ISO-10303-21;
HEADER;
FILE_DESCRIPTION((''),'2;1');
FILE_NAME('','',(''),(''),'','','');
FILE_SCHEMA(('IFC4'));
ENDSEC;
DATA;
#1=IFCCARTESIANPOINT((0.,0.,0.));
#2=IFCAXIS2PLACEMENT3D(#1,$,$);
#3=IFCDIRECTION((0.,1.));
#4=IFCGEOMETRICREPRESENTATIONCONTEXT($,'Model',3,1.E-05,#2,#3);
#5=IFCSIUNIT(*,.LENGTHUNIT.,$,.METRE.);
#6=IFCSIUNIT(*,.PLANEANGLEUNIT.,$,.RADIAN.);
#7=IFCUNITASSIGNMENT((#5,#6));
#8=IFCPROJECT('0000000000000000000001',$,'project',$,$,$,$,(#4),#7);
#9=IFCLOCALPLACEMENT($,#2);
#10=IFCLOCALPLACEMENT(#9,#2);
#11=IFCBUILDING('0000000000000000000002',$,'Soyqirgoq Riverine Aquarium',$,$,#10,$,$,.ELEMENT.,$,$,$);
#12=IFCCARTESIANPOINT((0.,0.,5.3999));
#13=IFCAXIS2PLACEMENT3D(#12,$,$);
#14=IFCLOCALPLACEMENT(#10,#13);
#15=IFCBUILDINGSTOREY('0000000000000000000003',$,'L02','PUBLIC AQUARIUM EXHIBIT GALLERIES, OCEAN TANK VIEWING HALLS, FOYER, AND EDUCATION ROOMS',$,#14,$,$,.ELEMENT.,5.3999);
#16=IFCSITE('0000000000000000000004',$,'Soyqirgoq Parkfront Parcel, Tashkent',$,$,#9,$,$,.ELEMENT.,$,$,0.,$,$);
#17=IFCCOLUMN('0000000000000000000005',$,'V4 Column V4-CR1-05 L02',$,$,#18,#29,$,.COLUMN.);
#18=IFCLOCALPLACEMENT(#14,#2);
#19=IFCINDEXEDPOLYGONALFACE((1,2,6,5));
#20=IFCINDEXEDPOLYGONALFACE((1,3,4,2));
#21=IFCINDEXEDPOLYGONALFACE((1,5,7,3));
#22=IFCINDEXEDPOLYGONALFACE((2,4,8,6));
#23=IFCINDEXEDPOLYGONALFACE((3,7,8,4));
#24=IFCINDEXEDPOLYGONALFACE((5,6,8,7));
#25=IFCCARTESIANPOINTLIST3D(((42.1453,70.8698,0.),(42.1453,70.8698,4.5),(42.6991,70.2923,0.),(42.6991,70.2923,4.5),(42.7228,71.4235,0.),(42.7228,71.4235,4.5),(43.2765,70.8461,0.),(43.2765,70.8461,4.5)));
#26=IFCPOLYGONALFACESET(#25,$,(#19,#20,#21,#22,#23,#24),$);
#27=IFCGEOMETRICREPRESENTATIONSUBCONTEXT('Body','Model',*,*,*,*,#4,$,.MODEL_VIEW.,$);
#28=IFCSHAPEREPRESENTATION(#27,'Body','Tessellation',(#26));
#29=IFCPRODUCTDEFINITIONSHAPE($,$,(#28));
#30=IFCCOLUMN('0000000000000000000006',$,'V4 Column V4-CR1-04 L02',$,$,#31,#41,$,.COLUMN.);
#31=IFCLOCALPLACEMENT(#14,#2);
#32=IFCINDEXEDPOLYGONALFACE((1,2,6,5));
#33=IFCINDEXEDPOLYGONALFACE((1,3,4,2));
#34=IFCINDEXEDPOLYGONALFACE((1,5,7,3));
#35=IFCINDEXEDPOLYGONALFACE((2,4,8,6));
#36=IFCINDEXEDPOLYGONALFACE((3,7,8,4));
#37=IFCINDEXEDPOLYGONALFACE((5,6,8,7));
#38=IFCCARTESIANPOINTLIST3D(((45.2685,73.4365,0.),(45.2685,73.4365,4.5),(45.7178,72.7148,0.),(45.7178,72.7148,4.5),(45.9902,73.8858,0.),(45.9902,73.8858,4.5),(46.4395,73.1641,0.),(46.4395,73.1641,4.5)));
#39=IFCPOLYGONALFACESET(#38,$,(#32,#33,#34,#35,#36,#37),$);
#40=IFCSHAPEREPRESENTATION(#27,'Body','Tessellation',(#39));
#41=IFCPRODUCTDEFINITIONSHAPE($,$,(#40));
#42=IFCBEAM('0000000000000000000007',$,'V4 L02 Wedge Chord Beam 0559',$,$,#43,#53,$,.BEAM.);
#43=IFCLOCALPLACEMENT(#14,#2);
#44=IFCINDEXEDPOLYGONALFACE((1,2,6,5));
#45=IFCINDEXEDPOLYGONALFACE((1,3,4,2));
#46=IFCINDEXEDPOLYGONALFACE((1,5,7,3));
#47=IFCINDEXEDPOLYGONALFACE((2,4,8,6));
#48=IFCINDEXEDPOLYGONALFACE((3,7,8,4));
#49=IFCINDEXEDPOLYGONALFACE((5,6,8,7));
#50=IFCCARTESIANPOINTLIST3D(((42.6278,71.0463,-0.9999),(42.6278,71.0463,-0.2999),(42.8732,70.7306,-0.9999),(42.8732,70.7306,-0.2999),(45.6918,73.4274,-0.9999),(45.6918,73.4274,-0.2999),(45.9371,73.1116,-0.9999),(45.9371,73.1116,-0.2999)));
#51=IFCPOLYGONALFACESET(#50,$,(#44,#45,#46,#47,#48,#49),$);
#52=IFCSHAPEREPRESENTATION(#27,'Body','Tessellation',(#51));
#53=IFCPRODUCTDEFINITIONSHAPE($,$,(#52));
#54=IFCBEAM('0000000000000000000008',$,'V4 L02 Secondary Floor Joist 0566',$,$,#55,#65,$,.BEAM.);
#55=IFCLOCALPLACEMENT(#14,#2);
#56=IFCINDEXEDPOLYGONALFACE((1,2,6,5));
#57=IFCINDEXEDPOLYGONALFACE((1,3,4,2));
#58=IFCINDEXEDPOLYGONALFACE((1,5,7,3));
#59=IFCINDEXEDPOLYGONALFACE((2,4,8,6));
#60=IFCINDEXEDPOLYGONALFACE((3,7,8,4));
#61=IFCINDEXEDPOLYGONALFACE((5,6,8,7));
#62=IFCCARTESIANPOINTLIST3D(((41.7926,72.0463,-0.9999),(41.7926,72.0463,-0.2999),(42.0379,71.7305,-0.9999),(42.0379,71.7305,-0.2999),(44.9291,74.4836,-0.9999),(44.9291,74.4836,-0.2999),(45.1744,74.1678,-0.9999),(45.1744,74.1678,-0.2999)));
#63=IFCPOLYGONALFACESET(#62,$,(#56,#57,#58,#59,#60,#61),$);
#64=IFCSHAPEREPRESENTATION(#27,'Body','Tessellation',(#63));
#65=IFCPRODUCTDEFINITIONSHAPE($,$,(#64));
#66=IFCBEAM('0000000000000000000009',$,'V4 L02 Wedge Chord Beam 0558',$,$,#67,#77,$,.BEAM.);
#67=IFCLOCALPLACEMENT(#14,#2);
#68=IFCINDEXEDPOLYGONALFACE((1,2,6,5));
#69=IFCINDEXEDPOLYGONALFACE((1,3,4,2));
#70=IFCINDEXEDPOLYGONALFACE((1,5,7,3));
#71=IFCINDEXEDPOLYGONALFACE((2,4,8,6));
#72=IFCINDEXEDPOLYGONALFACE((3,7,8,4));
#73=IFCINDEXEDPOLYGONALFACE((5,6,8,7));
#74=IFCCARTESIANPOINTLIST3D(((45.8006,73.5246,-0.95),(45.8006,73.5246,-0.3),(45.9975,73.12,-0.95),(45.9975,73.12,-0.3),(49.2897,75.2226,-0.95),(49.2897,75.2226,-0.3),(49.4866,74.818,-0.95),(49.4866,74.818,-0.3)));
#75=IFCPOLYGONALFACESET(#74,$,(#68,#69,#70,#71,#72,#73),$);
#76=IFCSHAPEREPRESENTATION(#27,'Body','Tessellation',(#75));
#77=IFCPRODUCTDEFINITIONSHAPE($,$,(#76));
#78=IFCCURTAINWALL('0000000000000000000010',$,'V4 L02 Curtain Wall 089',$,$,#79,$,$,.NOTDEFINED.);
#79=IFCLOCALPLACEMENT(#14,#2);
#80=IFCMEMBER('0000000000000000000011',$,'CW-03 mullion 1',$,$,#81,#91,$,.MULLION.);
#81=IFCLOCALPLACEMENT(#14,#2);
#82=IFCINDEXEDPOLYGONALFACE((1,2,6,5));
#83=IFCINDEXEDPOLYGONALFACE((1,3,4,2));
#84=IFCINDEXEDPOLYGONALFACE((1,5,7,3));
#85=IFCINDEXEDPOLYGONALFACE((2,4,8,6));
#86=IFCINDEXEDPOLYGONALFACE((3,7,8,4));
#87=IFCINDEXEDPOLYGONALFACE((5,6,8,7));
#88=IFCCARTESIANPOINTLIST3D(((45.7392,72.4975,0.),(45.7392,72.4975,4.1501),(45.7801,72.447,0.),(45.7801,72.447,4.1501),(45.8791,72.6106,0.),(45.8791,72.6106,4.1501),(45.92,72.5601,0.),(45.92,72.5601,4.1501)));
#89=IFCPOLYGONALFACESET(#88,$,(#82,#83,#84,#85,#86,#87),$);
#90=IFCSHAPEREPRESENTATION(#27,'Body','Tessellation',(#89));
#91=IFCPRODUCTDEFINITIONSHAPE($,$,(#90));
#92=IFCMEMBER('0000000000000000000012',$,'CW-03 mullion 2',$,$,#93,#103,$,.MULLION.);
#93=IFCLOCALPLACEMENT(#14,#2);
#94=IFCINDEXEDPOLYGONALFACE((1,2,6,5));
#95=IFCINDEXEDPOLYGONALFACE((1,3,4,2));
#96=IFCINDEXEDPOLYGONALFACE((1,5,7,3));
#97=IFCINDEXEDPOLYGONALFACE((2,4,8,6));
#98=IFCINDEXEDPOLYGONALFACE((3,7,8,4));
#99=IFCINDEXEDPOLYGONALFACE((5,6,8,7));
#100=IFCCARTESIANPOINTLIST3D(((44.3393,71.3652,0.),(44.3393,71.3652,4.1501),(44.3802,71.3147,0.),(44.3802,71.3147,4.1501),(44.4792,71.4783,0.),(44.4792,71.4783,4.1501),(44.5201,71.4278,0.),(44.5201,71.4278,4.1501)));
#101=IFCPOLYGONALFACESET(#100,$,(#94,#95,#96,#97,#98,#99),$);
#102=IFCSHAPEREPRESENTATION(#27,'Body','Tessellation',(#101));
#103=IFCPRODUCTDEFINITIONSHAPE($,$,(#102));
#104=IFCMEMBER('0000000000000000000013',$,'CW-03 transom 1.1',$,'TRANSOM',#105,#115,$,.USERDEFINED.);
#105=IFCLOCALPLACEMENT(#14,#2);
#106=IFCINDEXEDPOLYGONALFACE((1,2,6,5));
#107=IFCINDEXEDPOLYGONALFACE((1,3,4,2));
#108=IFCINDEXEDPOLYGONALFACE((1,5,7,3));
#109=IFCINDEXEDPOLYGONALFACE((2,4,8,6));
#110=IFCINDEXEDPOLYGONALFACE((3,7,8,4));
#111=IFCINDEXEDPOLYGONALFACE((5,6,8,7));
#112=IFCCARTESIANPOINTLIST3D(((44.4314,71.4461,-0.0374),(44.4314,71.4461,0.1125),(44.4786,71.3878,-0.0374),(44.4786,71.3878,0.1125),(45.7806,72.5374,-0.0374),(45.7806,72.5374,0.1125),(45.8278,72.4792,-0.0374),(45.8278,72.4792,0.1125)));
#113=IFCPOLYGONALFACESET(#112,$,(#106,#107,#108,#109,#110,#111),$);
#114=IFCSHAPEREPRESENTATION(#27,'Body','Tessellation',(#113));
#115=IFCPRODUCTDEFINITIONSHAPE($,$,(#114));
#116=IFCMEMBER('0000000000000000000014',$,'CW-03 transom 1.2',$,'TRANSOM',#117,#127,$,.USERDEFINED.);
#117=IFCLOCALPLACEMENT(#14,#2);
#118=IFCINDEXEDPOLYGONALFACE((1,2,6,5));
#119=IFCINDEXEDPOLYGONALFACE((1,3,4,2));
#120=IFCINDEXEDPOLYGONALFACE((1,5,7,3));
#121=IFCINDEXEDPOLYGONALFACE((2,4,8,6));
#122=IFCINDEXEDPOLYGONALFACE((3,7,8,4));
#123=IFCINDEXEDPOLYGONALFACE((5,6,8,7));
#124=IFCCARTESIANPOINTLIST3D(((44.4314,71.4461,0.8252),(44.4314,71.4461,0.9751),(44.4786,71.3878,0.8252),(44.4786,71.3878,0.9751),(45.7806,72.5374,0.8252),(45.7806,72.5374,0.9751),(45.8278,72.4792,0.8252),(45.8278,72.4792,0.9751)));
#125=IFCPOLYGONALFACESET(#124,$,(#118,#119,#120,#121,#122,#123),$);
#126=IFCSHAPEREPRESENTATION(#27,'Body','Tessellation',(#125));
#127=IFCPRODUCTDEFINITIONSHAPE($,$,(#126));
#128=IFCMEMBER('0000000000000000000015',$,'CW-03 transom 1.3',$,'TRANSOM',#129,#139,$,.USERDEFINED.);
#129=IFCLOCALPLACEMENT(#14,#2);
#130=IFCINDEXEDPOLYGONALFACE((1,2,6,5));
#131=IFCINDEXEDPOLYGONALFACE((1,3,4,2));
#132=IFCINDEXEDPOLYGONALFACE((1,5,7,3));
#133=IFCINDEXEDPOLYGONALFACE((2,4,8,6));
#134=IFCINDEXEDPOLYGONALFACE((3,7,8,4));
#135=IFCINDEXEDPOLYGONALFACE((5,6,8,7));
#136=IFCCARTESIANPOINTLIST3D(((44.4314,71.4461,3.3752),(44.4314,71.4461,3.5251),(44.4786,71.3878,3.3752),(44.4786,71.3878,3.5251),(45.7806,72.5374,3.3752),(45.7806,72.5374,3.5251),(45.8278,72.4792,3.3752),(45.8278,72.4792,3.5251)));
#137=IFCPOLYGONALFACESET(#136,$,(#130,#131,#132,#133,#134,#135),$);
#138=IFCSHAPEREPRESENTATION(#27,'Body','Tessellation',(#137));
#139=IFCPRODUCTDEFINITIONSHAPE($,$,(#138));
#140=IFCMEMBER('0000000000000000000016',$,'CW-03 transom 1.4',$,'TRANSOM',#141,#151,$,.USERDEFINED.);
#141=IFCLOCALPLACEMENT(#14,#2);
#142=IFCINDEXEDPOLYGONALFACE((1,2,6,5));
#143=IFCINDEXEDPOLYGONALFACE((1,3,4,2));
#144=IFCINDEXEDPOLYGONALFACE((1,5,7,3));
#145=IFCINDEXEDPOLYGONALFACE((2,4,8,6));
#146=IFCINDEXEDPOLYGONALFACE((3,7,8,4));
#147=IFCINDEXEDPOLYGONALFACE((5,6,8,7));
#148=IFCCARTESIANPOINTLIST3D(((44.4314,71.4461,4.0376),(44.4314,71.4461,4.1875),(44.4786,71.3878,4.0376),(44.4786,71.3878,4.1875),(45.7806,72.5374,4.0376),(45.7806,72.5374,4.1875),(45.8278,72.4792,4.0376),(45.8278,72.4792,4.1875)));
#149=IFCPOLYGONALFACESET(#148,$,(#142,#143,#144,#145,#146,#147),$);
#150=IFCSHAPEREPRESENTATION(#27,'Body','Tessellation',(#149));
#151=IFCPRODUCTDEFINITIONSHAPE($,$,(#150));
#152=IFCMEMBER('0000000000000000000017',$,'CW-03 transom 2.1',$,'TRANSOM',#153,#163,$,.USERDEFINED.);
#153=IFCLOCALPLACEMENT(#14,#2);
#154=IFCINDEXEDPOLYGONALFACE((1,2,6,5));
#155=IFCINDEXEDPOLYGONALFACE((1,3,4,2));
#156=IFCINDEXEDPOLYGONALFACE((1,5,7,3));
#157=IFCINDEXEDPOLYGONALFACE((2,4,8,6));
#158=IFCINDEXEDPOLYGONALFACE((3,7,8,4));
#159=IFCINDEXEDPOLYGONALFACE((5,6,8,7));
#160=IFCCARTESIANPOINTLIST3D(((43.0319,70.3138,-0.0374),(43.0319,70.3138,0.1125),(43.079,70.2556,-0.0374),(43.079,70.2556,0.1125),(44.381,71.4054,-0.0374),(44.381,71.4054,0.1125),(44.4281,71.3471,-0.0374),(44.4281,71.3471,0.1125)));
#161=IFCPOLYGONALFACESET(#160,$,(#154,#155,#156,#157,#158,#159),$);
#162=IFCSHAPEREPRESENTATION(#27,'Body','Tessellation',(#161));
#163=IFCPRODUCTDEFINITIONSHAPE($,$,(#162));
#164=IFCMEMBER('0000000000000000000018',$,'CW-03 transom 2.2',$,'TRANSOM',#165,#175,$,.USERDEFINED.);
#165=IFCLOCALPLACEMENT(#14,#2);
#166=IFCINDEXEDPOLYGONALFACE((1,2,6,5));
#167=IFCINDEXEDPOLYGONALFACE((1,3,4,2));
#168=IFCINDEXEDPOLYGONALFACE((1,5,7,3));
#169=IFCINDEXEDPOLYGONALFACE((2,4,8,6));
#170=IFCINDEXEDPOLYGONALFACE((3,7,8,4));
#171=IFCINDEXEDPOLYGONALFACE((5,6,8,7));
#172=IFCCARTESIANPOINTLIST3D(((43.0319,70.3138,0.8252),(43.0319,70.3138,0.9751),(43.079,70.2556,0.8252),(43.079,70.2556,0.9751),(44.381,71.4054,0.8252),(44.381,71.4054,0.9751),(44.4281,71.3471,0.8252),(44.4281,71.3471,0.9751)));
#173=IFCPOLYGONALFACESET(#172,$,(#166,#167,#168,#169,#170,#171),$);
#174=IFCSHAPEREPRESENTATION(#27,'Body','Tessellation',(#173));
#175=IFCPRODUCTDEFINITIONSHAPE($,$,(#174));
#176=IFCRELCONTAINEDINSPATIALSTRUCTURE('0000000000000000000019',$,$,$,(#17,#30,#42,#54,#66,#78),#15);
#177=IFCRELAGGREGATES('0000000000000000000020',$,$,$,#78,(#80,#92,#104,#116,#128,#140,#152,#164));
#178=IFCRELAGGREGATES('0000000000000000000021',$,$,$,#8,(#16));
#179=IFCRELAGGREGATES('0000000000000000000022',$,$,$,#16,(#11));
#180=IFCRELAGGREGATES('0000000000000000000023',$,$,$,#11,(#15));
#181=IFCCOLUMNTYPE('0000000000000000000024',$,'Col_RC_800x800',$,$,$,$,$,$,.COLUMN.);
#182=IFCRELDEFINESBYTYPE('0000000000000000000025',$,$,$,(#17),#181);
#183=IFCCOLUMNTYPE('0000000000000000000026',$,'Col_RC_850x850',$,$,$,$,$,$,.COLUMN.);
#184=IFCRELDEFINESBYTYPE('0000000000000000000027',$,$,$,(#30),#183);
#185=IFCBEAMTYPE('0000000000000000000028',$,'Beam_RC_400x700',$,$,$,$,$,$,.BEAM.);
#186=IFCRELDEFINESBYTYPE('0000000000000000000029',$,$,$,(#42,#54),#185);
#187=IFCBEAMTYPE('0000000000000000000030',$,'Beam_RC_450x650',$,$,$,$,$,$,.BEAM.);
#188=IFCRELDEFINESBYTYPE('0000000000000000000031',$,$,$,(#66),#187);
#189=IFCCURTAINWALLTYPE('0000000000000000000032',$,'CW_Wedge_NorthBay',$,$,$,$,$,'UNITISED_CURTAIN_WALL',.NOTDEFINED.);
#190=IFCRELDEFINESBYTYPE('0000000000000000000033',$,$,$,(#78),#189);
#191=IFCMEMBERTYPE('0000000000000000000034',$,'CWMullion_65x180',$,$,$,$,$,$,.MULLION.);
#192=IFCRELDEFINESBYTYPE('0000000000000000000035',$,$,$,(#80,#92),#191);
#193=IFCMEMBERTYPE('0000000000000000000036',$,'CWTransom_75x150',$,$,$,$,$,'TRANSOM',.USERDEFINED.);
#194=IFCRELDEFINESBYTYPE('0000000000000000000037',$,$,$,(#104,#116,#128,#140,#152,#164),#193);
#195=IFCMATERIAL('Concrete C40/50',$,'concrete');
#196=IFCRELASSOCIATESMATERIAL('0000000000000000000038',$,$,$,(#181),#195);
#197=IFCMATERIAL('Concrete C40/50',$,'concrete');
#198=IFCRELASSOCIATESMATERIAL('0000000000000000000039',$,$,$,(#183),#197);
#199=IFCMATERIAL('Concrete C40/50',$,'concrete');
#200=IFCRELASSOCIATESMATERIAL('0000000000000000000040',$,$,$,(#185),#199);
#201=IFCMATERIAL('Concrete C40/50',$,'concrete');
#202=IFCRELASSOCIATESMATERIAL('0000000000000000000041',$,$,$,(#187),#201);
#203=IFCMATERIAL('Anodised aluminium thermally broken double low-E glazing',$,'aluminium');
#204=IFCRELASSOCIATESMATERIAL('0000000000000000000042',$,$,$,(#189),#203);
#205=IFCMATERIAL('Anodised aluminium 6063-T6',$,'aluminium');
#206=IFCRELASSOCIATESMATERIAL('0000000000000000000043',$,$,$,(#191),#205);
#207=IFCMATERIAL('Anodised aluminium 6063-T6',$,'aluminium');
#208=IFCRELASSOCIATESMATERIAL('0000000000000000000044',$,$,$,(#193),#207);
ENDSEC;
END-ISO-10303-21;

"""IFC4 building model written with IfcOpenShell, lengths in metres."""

from ifc_helpers import new_model, si_unit, direction, frame, origin, origin_2d, place, context, subcontext, project, spatial, rectangle, extrude, material, material_profile, profile_set, type_object, element, aggregate, save


model = new_model("IFC4")

# Units and contexts
model_context = context("Model", 3, precision=1e-05, world=origin(), true_north=direction((0.0, 1.0)))
body_context = subcontext(model_context, "Body", "Model", "MODEL_VIEW")
ifc_project = project(units=[si_unit("LENGTHUNIT", "METRE"), si_unit("PLANEANGLEUNIT", "RADIAN")], contexts=[model_context])

# Site, building, storey
site_placement = place(None, origin())
site = spatial("IfcSite", under=ifc_project, at=site_placement, Name="Soyqirgoq Parkfront Parcel, Tashkent", CompositionType="ELEMENT", RefElevation=0.0)
building_placement = place(site_placement, origin())
building = spatial("IfcBuilding", under=site, at=building_placement, Name="Soyqirgoq Riverine Aquarium", CompositionType="ELEMENT")
storey_placement = place(building_placement, frame((0.0, 0.0, 5.3999)))
storey = spatial("IfcBuildingStorey", under=building, at=storey_placement, Name="L02", Description="PUBLIC AQUARIUM EXHIBIT GALLERIES, OCEAN TANK VIEWING HALLS, FOYER, AND EDUCATION ROOMS", CompositionType="ELEMENT", Elevation=5.3999)

# Columns
ifc_material_1 = material(Name="Concrete C40/50", Category="concrete")
ifc_material_profile_1 = material_profile(ifc_material_1, rectangle(XDim=0.8, YDim=0.8, at=origin_2d()), Name="RC 800x800")
ifc_profile_set_1 = profile_set([ifc_material_profile_1], Name="Concrete C40/50")
column_type_1 = type_object("IfcColumnType", Name="Col_RC_800x800", PredefinedType="COLUMN", material=ifc_profile_set_1)
column_1_placement = place(storey_placement, frame((42.7109, 70.8579, 0.0), z_axis=(0.0, 0.0, 1.0), x_axis=(-0.692143, 0.72176, 0.0)))
element("IfcColumn", 1, at=column_1_placement, inside=storey, type_object=column_type_1, Name="V4 Column V4-CR1-05 L02", PredefinedType="COLUMN", context=body_context, shape_type="SweptSolid", body=[
    extrude(rectangle(XDim=0.8, YDim=0.8, at=origin_2d()), origin(), (0.0, 0.0, 1.0), 4.5),
])
ifc_material_2 = material(Name="Concrete C40/50", Category="concrete")
ifc_material_profile_2 = material_profile(ifc_material_2, rectangle(XDim=0.8501, YDim=0.8501, at=origin_2d()), Name="RC 850x850")
ifc_profile_set_2 = profile_set([ifc_material_profile_2], Name="Concrete C40/50")
column_type_2 = type_object("IfcColumnType", Name="Col_RC_850x850", PredefinedType="COLUMN", material=ifc_profile_set_2)
column_2_placement = place(storey_placement, frame((45.854, 73.3003, 0.0), z_axis=(0.0, 0.0, 1.0), x_axis=(-0.528438, 0.848972, 0.0)))
element("IfcColumn", 2, at=column_2_placement, inside=storey, type_object=column_type_2, Name="V4 Column V4-CR1-04 L02", PredefinedType="COLUMN", context=body_context, shape_type="SweptSolid", body=[
    extrude(rectangle(XDim=0.8501, YDim=0.8501, at=origin_2d()), origin(), (0.0, 0.0, 1.0), 4.5),
])

# Beams
ifc_material_3 = material(Name="Concrete C40/50", Category="concrete")
ifc_material_profile_3 = material_profile(ifc_material_3, rectangle(XDim=0.3999, YDim=0.7, at=origin_2d()), Name="RC 400x700")
ifc_profile_set_3 = profile_set([ifc_material_profile_3], Name="Concrete C40/50")
beam_type_1 = type_object("IfcBeamType", Name="Beam_RC_400x700", PredefinedType="BEAM", material=ifc_profile_set_3)
beam_1_placement = place(storey_placement, frame((45.8145, 73.2695, -0.6499), z_axis=(-0.789599, -0.613623, 0.0), x_axis=(0.613623, -0.789599, 0.0)))
element("IfcBeam", 3, at=beam_1_placement, inside=storey, type_object=beam_type_1, Name="V4 L02 Wedge Chord Beam 0559", PredefinedType="BEAM", context=body_context, shape_type="SweptSolid", body=[
    extrude(rectangle(XDim=0.3999, YDim=0.7, at=origin_2d()), origin(), (0.0, 0.0, 1.0), 3.8804),
])
beam_2_placement = place(storey_placement, frame((45.0518, 74.3257, -0.6499), z_axis=(-0.789624, -0.613592, 0.0), x_axis=(0.613592, -0.789624, 0.0)))
element("IfcBeam", 4, at=beam_2_placement, inside=storey, type_object=beam_type_1, Name="V4 L02 Secondary Floor Joist 0566", PredefinedType="BEAM", context=body_context, shape_type="SweptSolid", body=[
    extrude(rectangle(XDim=0.3999, YDim=0.7, at=origin_2d()), origin(), (0.0, 0.0, 1.0), 3.9722),
])
ifc_material_4 = material(Name="Concrete C40/50", Category="concrete")
ifc_material_profile_4 = material_profile(ifc_material_4, rectangle(XDim=0.45, YDim=0.6499, at=origin_2d()), Name="RC 450x650")
ifc_profile_set_4 = profile_set([ifc_material_profile_4], Name="Concrete C40/50")
beam_type_2 = type_object("IfcBeamType", Name="Beam_RC_450x650", PredefinedType="BEAM", material=ifc_profile_set_4)
beam_3_placement = place(storey_placement, frame((49.3882, 75.0203, -0.625), z_axis=(-0.899182, -0.437574, 0.0), x_axis=(0.437574, -0.899182, 0.0)))
element("IfcBeam", 5, at=beam_3_placement, inside=storey, type_object=beam_type_2, Name="V4 L02 Wedge Chord Beam 0558", PredefinedType="BEAM", context=body_context, shape_type="SweptSolid", body=[
    extrude(rectangle(XDim=0.45, YDim=0.6499, at=origin_2d()), origin(), (0.0, 0.0, 1.0), 3.8804),
])

# Curtain wall, members
ifc_material_5 = material(Name="Anodised aluminium thermally broken double low-E glazing", Category="aluminium")
curtain_wall_type = type_object("IfcCurtainWallType", Name="CW_Wedge_NorthBay", ElementType="UNITISED_CURTAIN_WALL", PredefinedType="NOTDEFINED", material=ifc_material_5)
curtain_wall_placement = place(storey_placement, origin())
curtain_wall = element("IfcCurtainWall", 6, at=curtain_wall_placement, inside=storey, type_object=curtain_wall_type, Name="V4 L02 Curtain Wall 089", PredefinedType="NOTDEFINED")
ifc_material_6 = material(Name="Anodised aluminium 6063-T6", Category="aluminium")
ifc_material_profile_5 = material_profile(ifc_material_6, rectangle(XDim=0.0649, YDim=0.1799, at=origin_2d()), Name="ALU-M 65x180")
ifc_profile_set_5 = profile_set([ifc_material_profile_5], Name="Anodised aluminium 6063-T6")
member_type_1 = type_object("IfcMemberType", Name="CWMullion_65x180", PredefinedType="MULLION", material=ifc_profile_set_5)
member_1_placement = place(storey_placement, frame((45.8296, 72.5288, 0.0), z_axis=(0.0, 0.0, 1.0), x_axis=(0.628894, -0.777491, 0.0)))
member_1 = element("IfcMember", 7, at=member_1_placement, type_object=member_type_1, Name="CW-03 mullion 1", PredefinedType="MULLION", context=body_context, shape_type="SweptSolid", body=[
    extrude(rectangle(XDim=0.0649, YDim=0.1799, at=origin_2d()), origin(), (0.0, 0.0, 1.0), 4.1501),
])
member_2_placement = place(storey_placement, frame((44.4297, 71.3965, 0.0), z_axis=(0.0, 0.0, 1.0), x_axis=(0.628894, -0.777491, 0.0)))
member_2 = element("IfcMember", 8, at=member_2_placement, type_object=member_type_1, Name="CW-03 mullion 2", PredefinedType="MULLION", context=body_context, shape_type="SweptSolid", body=[
    extrude(rectangle(XDim=0.0649, YDim=0.1799, at=origin_2d()), origin(), (0.0, 0.0, 1.0), 4.1501),
])
ifc_material_7 = material(Name="Anodised aluminium 6063-T6", Category="aluminium")
ifc_material_profile_6 = material_profile(ifc_material_7, rectangle(XDim=0.075, YDim=0.1499, at=origin_2d()), Name="ALU-T 75x150")
ifc_profile_set_6 = profile_set([ifc_material_profile_6], Name="Anodised aluminium 6063-T6")
member_type_2 = type_object("IfcMemberType", Name="CWTransom_75x150", ElementType="TRANSOM", PredefinedType="USERDEFINED", material=ifc_profile_set_6)
member_3_placement = place(storey_placement, frame((45.8042, 72.5083, 0.0376), z_axis=(-0.777481, -0.628907, 0.0), x_axis=(0.628907, -0.777481, 0.0)))
member_3 = element("IfcMember", 9, at=member_3_placement, type_object=member_type_2, Name="CW-03 transom 1.1", ObjectType="TRANSOM", PredefinedType="USERDEFINED", context=body_context, shape_type="SweptSolid", body=[
    extrude(rectangle(XDim=0.075, YDim=0.1499, at=origin_2d()), origin(), (0.0, 0.0, 1.0), 1.7354),
])
member_4_placement = place(storey_placement, frame((45.8042, 72.5083, 0.9001), z_axis=(-0.777481, -0.628907, 0.0), x_axis=(0.628907, -0.777481, 0.0)))
member_4 = element("IfcMember", 10, at=member_4_placement, type_object=member_type_2, Name="CW-03 transom 1.2", ObjectType="TRANSOM", PredefinedType="USERDEFINED", context=body_context, shape_type="SweptSolid", body=[
    extrude(rectangle(XDim=0.075, YDim=0.1499, at=origin_2d()), origin(), (0.0, 0.0, 1.0), 1.7354),
])
member_5_placement = place(storey_placement, frame((45.8042, 72.5083, 3.4502), z_axis=(-0.777481, -0.628907, 0.0), x_axis=(0.628907, -0.777481, 0.0)))
member_5 = element("IfcMember", 11, at=member_5_placement, type_object=member_type_2, Name="CW-03 transom 1.3", ObjectType="TRANSOM", PredefinedType="USERDEFINED", context=body_context, shape_type="SweptSolid", body=[
    extrude(rectangle(XDim=0.075, YDim=0.1499, at=origin_2d()), origin(), (0.0, 0.0, 1.0), 1.7354),
])
member_6_placement = place(storey_placement, frame((45.8042, 72.5083, 4.1125), z_axis=(-0.777481, -0.628907, 0.0), x_axis=(0.628907, -0.777481, 0.0)))
member_6 = element("IfcMember", 12, at=member_6_placement, type_object=member_type_2, Name="CW-03 transom 1.4", ObjectType="TRANSOM", PredefinedType="USERDEFINED", context=body_context, shape_type="SweptSolid", body=[
    extrude(rectangle(XDim=0.075, YDim=0.1499, at=origin_2d()), origin(), (0.0, 0.0, 1.0), 1.7354),
])
member_7_placement = place(storey_placement, frame((44.4045, 71.3762, 0.0376), z_axis=(-0.777412, -0.628992, 0.0), x_axis=(0.628992, -0.777412, 0.0)))
member_7 = element("IfcMember", 13, at=member_7_placement, type_object=member_type_2, Name="CW-03 transom 2.1", ObjectType="TRANSOM", PredefinedType="USERDEFINED", context=body_context, shape_type="SweptSolid", body=[
    extrude(rectangle(XDim=0.075, YDim=0.1499, at=origin_2d()), origin(), (0.0, 0.0, 1.0), 1.7354),
])
member_8_placement = place(storey_placement, frame((44.4045, 71.3762, 0.9001), z_axis=(-0.777412, -0.628992, 0.0), x_axis=(0.628992, -0.777412, 0.0)))
member_8 = element("IfcMember", 14, at=member_8_placement, type_object=member_type_2, Name="CW-03 transom 2.2", ObjectType="TRANSOM", PredefinedType="USERDEFINED", context=body_context, shape_type="SweptSolid", body=[
    extrude(rectangle(XDim=0.075, YDim=0.1499, at=origin_2d()), origin(), (0.0, 0.0, 1.0), 1.7354),
])

aggregate(curtain_wall, [member_1, member_2, member_3, member_4, member_5, member_6, member_7, member_8])

save(model, "model.ifc")
